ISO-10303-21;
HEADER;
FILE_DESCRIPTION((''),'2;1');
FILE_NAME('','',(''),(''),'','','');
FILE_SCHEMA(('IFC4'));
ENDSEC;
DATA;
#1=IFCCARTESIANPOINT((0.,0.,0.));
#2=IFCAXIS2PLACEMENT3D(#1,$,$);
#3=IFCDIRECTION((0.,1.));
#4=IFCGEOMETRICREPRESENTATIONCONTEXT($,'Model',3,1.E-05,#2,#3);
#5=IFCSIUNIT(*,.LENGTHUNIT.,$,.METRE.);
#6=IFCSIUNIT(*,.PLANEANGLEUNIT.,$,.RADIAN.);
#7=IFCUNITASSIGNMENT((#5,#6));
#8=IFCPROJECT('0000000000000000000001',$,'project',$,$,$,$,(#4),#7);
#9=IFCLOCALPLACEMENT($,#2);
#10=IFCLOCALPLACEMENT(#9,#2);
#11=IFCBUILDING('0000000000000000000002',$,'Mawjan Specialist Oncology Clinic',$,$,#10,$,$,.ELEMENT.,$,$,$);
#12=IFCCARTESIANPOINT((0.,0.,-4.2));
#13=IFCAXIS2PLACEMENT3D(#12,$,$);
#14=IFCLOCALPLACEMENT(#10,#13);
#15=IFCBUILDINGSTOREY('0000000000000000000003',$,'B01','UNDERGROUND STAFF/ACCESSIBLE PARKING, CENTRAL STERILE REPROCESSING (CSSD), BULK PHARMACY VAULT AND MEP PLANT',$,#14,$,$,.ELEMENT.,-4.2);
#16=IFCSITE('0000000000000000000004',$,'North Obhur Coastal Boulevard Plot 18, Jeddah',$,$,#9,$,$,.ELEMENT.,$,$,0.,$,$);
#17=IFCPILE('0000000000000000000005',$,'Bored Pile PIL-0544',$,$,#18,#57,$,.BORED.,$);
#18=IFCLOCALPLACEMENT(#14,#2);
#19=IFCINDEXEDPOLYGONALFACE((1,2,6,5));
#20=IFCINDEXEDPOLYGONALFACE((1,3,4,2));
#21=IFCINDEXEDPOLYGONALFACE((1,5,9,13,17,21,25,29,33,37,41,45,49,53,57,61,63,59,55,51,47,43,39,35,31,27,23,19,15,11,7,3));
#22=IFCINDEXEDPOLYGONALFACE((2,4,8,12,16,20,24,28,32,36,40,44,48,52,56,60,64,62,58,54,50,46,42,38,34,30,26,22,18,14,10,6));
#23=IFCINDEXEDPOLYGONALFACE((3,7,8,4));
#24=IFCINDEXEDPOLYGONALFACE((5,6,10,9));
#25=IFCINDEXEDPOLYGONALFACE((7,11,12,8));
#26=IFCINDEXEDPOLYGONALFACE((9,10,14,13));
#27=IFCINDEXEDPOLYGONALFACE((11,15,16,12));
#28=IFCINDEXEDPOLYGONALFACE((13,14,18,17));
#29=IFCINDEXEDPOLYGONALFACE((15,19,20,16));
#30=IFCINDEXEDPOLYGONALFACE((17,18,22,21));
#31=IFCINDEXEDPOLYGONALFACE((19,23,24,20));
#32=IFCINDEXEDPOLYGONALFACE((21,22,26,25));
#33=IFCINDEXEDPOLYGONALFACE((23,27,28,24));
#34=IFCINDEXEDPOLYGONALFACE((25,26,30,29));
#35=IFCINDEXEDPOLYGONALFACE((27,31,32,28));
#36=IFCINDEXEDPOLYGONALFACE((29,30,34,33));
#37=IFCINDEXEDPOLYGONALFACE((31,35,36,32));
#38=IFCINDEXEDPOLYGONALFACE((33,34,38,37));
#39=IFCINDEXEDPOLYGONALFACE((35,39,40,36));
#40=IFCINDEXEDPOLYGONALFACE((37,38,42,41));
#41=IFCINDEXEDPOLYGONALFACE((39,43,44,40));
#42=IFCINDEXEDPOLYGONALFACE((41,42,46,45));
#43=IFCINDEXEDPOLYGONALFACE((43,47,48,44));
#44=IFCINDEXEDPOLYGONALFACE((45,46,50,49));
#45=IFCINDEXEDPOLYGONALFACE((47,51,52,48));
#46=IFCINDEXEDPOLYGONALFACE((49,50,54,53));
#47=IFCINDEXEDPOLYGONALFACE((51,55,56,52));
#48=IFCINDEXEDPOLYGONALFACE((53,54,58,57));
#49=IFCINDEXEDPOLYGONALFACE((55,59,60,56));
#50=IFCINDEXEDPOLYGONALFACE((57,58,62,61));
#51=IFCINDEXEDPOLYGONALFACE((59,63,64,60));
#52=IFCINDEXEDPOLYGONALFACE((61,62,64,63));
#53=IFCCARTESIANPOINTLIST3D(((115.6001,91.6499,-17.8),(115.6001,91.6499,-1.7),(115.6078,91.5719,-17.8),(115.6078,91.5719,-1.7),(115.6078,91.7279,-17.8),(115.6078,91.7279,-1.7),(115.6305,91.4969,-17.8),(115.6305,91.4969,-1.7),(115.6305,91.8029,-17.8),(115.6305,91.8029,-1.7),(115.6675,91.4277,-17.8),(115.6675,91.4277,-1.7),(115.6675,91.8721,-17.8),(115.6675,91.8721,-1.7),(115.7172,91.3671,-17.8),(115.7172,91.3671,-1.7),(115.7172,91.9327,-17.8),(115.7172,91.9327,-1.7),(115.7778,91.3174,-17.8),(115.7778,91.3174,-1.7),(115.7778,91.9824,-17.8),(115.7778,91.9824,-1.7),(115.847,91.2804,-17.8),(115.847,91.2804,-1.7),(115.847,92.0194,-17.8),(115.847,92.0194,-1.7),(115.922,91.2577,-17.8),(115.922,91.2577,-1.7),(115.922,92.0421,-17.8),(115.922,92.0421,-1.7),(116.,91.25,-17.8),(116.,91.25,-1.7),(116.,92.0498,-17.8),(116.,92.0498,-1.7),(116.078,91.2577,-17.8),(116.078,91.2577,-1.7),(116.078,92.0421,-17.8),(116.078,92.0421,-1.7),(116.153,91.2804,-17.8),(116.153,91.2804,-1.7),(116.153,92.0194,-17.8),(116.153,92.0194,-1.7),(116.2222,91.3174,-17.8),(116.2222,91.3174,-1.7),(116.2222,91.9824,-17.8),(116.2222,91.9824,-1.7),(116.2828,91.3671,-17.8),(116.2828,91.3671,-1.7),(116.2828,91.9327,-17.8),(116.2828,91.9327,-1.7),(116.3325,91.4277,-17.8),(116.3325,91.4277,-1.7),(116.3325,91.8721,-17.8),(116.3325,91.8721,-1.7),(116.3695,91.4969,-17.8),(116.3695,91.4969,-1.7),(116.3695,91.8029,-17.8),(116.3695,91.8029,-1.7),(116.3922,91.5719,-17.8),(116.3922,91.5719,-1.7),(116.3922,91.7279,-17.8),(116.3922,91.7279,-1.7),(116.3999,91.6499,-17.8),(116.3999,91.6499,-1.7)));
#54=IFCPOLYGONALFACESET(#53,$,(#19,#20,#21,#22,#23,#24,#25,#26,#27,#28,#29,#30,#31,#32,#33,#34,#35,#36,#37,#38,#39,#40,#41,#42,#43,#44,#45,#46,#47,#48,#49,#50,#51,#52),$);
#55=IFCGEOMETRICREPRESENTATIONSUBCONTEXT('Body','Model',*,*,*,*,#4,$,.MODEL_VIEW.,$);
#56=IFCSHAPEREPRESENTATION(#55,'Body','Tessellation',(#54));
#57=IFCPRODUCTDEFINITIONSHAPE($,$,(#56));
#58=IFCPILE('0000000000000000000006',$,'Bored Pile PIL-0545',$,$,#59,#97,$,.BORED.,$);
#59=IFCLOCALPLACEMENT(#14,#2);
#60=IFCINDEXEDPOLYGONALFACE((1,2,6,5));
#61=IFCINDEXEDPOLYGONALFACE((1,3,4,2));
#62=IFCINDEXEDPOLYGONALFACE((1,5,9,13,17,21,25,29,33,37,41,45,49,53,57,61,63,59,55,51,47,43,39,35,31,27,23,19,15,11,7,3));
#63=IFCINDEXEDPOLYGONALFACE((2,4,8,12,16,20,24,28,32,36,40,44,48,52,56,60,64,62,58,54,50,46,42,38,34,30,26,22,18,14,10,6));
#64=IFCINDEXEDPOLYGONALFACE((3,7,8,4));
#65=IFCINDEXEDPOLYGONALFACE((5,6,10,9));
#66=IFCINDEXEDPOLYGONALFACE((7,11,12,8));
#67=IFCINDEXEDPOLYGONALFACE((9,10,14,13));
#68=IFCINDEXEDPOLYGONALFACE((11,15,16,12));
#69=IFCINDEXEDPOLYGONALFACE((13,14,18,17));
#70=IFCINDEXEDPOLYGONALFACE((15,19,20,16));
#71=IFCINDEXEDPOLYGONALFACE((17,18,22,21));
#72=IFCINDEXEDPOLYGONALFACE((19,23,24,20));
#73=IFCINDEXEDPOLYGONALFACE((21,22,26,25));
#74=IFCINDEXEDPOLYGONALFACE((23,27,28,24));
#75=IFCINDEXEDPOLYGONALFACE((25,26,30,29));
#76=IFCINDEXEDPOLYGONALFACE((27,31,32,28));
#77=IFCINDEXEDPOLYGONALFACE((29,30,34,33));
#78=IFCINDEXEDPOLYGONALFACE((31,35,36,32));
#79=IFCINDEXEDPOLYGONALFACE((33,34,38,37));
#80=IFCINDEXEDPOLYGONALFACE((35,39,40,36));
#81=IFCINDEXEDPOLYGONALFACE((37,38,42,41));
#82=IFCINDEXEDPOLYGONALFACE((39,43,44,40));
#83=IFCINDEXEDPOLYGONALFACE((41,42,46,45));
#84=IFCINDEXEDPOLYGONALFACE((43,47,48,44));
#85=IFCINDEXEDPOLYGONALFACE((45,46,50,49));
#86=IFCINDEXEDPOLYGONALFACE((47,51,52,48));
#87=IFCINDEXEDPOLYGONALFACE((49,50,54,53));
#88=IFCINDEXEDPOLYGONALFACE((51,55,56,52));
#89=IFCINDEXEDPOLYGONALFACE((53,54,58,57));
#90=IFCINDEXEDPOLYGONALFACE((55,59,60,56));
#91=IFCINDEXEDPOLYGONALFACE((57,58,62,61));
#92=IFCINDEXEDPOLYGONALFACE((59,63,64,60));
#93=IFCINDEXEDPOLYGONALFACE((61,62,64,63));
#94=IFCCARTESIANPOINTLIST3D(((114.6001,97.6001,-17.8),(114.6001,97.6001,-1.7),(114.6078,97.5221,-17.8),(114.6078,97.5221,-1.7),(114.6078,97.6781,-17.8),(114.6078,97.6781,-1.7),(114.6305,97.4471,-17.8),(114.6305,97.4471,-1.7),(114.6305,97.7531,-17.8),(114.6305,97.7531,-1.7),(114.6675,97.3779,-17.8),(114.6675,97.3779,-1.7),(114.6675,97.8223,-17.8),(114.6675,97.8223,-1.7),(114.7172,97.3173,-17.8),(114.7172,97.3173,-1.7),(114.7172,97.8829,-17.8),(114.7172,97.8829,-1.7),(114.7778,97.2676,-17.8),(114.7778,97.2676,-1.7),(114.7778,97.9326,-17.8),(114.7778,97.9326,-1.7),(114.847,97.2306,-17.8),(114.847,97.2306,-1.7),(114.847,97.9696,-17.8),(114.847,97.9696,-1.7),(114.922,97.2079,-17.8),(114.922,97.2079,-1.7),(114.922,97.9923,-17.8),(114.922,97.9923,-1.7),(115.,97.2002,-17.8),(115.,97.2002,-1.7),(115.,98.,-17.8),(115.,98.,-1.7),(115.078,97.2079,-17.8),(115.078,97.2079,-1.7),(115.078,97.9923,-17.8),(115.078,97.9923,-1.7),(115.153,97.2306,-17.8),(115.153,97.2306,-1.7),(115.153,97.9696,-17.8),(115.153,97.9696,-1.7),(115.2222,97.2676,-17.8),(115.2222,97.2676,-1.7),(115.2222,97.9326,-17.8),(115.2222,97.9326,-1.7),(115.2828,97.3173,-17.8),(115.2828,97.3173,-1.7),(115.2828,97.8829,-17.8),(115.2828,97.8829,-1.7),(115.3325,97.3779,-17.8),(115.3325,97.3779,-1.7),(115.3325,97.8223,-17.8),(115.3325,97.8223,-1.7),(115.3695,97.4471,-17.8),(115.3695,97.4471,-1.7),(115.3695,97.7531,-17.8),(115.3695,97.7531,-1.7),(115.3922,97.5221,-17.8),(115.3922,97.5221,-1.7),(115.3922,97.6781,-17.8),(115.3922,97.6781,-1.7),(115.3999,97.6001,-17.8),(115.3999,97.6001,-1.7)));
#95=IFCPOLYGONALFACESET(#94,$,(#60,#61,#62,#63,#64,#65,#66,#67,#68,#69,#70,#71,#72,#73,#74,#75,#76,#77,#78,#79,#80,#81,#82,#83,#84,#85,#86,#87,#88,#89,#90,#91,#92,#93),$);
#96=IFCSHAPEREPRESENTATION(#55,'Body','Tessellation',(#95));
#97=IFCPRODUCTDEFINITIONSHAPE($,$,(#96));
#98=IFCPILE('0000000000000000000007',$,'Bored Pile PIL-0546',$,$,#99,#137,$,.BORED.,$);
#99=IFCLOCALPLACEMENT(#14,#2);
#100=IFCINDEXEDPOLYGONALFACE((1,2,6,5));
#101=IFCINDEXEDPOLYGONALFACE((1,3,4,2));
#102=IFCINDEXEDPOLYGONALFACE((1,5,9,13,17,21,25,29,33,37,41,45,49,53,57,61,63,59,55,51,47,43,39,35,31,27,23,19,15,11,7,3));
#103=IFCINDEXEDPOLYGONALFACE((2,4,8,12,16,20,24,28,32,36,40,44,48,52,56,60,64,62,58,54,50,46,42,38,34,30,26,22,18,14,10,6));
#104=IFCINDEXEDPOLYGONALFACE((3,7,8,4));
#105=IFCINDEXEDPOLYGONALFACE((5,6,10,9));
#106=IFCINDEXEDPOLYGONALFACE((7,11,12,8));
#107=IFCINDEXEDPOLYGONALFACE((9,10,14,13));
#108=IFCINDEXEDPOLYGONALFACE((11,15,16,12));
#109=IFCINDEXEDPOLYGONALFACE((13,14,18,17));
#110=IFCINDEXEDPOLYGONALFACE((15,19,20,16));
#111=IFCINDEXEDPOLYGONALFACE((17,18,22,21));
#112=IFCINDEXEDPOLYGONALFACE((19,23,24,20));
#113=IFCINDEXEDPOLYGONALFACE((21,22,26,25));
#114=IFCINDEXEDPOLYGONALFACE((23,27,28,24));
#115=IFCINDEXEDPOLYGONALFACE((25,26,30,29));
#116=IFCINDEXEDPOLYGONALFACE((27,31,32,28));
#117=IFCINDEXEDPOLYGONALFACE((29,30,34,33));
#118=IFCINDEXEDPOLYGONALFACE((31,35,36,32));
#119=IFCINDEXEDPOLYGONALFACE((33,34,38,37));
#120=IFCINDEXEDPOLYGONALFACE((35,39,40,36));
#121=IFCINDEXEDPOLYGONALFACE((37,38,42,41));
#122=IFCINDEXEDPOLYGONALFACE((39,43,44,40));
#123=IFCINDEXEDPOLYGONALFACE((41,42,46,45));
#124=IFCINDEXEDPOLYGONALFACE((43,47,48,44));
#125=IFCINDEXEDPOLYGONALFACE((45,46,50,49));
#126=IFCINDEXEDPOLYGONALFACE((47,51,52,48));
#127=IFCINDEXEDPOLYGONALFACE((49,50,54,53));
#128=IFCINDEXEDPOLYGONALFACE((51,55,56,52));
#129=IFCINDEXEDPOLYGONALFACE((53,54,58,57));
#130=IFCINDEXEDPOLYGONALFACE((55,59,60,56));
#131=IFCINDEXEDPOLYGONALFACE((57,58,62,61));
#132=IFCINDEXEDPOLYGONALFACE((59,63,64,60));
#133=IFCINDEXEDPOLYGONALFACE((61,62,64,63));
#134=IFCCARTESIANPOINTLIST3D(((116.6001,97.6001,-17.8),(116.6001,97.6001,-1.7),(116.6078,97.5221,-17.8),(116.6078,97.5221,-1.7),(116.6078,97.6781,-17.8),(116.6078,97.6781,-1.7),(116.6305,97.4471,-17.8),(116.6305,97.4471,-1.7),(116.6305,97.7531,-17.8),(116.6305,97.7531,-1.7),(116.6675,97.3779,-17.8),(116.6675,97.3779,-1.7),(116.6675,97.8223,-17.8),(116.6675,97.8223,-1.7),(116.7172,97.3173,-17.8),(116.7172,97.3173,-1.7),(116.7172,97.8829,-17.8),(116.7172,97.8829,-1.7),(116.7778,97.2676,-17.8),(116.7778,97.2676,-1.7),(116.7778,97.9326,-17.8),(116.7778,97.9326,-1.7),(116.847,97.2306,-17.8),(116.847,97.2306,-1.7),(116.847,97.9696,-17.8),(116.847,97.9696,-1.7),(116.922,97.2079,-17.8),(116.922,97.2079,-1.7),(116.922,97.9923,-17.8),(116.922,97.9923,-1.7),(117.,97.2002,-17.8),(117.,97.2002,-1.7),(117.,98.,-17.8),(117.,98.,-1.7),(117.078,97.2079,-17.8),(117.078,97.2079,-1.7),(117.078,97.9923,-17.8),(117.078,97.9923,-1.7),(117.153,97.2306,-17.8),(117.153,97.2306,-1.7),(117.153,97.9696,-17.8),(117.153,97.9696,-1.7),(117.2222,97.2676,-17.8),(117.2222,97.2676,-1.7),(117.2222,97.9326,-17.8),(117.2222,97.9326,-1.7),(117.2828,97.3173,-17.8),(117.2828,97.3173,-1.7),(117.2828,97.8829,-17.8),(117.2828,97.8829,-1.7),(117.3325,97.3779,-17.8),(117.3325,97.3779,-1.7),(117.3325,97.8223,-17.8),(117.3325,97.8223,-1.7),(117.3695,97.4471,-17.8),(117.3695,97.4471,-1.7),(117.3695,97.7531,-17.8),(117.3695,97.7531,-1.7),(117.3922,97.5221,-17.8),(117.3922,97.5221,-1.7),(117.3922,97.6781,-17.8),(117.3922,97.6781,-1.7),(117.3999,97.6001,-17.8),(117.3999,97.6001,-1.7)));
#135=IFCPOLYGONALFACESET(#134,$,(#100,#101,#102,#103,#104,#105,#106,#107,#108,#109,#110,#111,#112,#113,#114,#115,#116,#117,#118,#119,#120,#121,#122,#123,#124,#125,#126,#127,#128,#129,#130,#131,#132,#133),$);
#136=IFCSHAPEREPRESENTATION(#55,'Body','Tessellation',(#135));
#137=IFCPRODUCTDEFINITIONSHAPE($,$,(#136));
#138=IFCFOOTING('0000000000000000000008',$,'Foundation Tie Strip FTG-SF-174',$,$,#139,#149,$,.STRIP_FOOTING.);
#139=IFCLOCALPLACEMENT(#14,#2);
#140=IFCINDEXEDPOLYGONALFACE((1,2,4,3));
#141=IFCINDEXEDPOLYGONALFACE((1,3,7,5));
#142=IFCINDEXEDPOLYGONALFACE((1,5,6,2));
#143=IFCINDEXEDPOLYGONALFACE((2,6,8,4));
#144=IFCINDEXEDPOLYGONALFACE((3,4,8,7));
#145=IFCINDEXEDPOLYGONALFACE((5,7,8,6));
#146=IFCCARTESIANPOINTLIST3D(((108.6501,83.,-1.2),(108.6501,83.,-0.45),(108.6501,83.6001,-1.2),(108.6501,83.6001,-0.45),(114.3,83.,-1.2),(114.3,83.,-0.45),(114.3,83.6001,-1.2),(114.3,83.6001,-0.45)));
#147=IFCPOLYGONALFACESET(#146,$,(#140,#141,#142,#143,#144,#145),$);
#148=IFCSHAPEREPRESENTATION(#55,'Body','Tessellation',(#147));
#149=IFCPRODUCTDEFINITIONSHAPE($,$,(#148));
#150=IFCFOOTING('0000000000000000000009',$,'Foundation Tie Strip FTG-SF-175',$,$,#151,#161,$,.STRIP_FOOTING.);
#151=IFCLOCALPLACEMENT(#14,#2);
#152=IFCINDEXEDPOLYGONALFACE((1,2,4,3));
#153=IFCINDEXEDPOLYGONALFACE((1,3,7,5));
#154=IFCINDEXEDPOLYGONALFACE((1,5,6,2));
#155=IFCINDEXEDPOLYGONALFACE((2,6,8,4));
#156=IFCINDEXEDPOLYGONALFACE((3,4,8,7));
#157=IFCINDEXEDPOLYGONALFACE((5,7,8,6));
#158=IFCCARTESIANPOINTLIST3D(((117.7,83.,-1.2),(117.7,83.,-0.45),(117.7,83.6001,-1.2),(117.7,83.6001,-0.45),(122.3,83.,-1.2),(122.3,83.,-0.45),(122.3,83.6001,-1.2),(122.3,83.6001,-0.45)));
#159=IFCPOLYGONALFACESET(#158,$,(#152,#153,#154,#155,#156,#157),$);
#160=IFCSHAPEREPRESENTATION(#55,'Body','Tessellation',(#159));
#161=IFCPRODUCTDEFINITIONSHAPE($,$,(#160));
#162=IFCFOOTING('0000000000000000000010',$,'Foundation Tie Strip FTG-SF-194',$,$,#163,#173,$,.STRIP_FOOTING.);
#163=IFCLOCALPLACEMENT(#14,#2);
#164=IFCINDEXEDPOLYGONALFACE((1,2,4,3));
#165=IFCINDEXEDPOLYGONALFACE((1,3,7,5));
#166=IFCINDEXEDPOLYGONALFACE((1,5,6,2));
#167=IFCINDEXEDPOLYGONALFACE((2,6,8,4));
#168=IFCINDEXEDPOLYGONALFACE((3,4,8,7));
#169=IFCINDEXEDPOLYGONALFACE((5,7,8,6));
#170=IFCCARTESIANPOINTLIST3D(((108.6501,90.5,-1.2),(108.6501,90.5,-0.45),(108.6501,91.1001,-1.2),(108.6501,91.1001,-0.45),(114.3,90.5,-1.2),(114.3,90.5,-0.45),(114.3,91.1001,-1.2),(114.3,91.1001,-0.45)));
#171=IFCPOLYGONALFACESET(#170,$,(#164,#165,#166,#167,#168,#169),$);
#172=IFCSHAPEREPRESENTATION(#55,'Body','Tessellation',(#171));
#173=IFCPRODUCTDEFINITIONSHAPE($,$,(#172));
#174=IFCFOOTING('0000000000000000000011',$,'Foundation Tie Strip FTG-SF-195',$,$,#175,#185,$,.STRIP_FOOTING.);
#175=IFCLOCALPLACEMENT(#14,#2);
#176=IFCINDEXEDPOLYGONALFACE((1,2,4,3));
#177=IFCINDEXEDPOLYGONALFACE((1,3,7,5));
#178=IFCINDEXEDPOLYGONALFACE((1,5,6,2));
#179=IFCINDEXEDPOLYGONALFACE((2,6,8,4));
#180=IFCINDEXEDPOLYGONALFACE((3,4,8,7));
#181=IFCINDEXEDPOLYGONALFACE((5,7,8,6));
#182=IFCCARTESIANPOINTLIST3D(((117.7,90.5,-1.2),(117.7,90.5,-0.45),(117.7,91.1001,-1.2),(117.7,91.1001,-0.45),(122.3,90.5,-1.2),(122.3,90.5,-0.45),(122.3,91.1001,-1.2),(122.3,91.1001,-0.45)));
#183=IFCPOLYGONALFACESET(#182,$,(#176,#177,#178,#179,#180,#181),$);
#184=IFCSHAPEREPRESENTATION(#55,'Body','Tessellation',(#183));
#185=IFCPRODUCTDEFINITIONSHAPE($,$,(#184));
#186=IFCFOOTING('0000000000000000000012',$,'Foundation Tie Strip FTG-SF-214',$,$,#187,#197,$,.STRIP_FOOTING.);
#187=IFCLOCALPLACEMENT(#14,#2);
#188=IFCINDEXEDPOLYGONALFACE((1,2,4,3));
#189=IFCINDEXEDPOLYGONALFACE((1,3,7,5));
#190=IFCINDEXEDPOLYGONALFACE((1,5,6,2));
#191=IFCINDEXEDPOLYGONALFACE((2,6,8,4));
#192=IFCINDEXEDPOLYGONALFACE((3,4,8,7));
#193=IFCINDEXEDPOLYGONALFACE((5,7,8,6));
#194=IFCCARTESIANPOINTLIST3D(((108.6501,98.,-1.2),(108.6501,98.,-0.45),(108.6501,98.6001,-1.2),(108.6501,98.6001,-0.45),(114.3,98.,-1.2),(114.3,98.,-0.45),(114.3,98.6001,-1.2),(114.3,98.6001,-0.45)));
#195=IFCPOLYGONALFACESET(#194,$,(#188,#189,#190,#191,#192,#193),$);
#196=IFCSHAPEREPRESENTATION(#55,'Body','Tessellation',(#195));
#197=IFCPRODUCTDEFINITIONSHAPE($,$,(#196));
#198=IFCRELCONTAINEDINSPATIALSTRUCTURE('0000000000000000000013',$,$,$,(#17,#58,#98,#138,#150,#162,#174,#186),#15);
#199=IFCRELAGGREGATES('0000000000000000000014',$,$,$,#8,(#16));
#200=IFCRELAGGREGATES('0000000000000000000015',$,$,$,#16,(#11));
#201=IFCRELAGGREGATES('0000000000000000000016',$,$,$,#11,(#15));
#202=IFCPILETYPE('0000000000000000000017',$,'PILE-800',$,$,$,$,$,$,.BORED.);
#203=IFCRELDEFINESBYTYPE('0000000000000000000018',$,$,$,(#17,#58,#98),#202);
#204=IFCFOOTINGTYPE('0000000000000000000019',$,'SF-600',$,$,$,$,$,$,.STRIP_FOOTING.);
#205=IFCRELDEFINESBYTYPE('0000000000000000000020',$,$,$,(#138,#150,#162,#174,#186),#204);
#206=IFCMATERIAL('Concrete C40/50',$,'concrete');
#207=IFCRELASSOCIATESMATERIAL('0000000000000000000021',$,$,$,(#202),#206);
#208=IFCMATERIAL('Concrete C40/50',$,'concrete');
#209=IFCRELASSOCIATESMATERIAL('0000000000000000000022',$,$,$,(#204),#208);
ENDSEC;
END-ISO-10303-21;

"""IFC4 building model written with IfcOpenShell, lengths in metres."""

from ifc_helpers import new_model, si_unit, direction, frame, origin, origin_2d, place, context, subcontext, project, spatial, rectangle, circle, extrude, material, material_profile, profile_set, type_object, element, save


model = new_model("IFC4")

# Units and contexts
model_context = context("Model", 3, precision=1e-05, world=origin(), true_north=direction((0.0, 1.0)))
body_context = subcontext(model_context, "Body", "Model", "MODEL_VIEW")
ifc_project = project(units=[si_unit("LENGTHUNIT", "METRE"), si_unit("PLANEANGLEUNIT", "RADIAN")], contexts=[model_context])

# Site, building, storey
site_placement = place(None, origin())
site = spatial("IfcSite", under=ifc_project, at=site_placement, Name="North Obhur Coastal Boulevard Plot 18, Jeddah", CompositionType="ELEMENT", RefElevation=0.0)
building_placement = place(site_placement, origin())
building = spatial("IfcBuilding", under=site, at=building_placement, Name="Mawjan Specialist Oncology Clinic", CompositionType="ELEMENT")
storey_placement = place(building_placement, frame((0.0, 0.0, -4.2)))
storey = spatial("IfcBuildingStorey", under=building, at=storey_placement, Name="B01", Description="UNDERGROUND STAFF/ACCESSIBLE PARKING, CENTRAL STERILE REPROCESSING (CSSD), BULK PHARMACY VAULT AND MEP PLANT", CompositionType="ELEMENT", Elevation=-4.2)

# Piles
ifc_material_1 = material(Name="Concrete C40/50", Category="concrete")
ifc_material_profile_1 = material_profile(ifc_material_1, circle(Radius=0.3999, at=origin_2d()), Name="BORED PILE D800", Category="concrete")
ifc_profile_set_1 = profile_set([ifc_material_profile_1], Name="Concrete C40/50")
pile_type_1 = type_object("IfcPileType", Name="PILE-800", PredefinedType="BORED", material=ifc_profile_set_1)
for number, where, z_axis, x_axis, name in (
    (1, (116.0, 91.6499, -1.7), (0.0, 0.0, -1.0), (1.0, 0.0, 0.0), "Bored Pile PIL-0544"),
    (2, (115.0, 97.6001, -1.7), (0.0, 0.0, -1.0), (1.0, 0.0, 0.0), "Bored Pile PIL-0545"),
    (3, (117.0, 97.6001, -1.7), (0.0, 0.0, -1.0), (1.0, 0.0, 0.0), "Bored Pile PIL-0546"),
):
    element("IfcPile", number, at=place(storey_placement, frame(where, z_axis=z_axis, x_axis=x_axis)), inside=storey, type_object=pile_type_1, Name=name, PredefinedType="BORED", context=body_context, shape_type="SweptSolid", body=[
        extrude(circle(Radius=0.3999, at=origin_2d()), origin(), (0.0, 0.0, 1.0), 16.1001),
    ])

# Footings
ifc_material_2 = material(Name="Concrete C40/50", Category="concrete")
footing_type_1 = type_object("IfcFootingType", Name="SF-600", PredefinedType="STRIP_FOOTING", material=ifc_material_2)
footing_1_placement = place(storey_placement, frame((111.4751, 83.3, -1.2), z_axis=(0.0, 0.0, 1.0), x_axis=(1.0, 0.0, 0.0)))
element("IfcFooting", 4, at=footing_1_placement, inside=storey, type_object=footing_type_1, Name="Foundation Tie Strip FTG-SF-174", PredefinedType="STRIP_FOOTING", context=body_context, shape_type="SweptSolid", body=[
    extrude(rectangle(XDim=5.6499, YDim=0.6001, at=origin_2d()), origin(), (0.0, 0.0, 1.0), 0.75),
])
footing_2_placement = place(storey_placement, frame((120.0, 83.3, -1.2), z_axis=(0.0, 0.0, 1.0), x_axis=(1.0, 0.0, 0.0)))
element("IfcFooting", 5, at=footing_2_placement, inside=storey, type_object=footing_type_1, Name="Foundation Tie Strip FTG-SF-175", PredefinedType="STRIP_FOOTING", context=body_context, shape_type="SweptSolid", body=[
    extrude(rectangle(XDim=4.6001, YDim=0.6001, at=origin_2d()), origin(), (0.0, 0.0, 1.0), 0.75),
])
footing_3_placement = place(storey_placement, frame((111.4751, 90.8, -1.2), z_axis=(0.0, 0.0, 1.0), x_axis=(1.0, 0.0, 0.0)))
element("IfcFooting", 6, at=footing_3_placement, inside=storey, type_object=footing_type_1, Name="Foundation Tie Strip FTG-SF-194", PredefinedType="STRIP_FOOTING", context=body_context, shape_type="SweptSolid", body=[
    extrude(rectangle(XDim=5.6499, YDim=0.6001, at=origin_2d()), origin(), (0.0, 0.0, 1.0), 0.75),
])
footing_4_placement = place(storey_placement, frame((120.0, 90.8, -1.2), z_axis=(0.0, 0.0, 1.0), x_axis=(1.0, 0.0, 0.0)))
element("IfcFooting", 7, at=footing_4_placement, inside=storey, type_object=footing_type_1, Name="Foundation Tie Strip FTG-SF-195", PredefinedType="STRIP_FOOTING", context=body_context, shape_type="SweptSolid", body=[
    extrude(rectangle(XDim=4.6001, YDim=0.6001, at=origin_2d()), origin(), (0.0, 0.0, 1.0), 0.75),
])
footing_5_placement = place(storey_placement, frame((111.4751, 98.3, -1.2), z_axis=(0.0, 0.0, 1.0), x_axis=(1.0, 0.0, 0.0)))
element("IfcFooting", 8, at=footing_5_placement, inside=storey, type_object=footing_type_1, Name="Foundation Tie Strip FTG-SF-214", PredefinedType="STRIP_FOOTING", context=body_context, shape_type="SweptSolid", body=[
    extrude(rectangle(XDim=5.6499, YDim=0.6001, at=origin_2d()), origin(), (0.0, 0.0, 1.0), 0.75),
])

save(model, "model.ifc")
